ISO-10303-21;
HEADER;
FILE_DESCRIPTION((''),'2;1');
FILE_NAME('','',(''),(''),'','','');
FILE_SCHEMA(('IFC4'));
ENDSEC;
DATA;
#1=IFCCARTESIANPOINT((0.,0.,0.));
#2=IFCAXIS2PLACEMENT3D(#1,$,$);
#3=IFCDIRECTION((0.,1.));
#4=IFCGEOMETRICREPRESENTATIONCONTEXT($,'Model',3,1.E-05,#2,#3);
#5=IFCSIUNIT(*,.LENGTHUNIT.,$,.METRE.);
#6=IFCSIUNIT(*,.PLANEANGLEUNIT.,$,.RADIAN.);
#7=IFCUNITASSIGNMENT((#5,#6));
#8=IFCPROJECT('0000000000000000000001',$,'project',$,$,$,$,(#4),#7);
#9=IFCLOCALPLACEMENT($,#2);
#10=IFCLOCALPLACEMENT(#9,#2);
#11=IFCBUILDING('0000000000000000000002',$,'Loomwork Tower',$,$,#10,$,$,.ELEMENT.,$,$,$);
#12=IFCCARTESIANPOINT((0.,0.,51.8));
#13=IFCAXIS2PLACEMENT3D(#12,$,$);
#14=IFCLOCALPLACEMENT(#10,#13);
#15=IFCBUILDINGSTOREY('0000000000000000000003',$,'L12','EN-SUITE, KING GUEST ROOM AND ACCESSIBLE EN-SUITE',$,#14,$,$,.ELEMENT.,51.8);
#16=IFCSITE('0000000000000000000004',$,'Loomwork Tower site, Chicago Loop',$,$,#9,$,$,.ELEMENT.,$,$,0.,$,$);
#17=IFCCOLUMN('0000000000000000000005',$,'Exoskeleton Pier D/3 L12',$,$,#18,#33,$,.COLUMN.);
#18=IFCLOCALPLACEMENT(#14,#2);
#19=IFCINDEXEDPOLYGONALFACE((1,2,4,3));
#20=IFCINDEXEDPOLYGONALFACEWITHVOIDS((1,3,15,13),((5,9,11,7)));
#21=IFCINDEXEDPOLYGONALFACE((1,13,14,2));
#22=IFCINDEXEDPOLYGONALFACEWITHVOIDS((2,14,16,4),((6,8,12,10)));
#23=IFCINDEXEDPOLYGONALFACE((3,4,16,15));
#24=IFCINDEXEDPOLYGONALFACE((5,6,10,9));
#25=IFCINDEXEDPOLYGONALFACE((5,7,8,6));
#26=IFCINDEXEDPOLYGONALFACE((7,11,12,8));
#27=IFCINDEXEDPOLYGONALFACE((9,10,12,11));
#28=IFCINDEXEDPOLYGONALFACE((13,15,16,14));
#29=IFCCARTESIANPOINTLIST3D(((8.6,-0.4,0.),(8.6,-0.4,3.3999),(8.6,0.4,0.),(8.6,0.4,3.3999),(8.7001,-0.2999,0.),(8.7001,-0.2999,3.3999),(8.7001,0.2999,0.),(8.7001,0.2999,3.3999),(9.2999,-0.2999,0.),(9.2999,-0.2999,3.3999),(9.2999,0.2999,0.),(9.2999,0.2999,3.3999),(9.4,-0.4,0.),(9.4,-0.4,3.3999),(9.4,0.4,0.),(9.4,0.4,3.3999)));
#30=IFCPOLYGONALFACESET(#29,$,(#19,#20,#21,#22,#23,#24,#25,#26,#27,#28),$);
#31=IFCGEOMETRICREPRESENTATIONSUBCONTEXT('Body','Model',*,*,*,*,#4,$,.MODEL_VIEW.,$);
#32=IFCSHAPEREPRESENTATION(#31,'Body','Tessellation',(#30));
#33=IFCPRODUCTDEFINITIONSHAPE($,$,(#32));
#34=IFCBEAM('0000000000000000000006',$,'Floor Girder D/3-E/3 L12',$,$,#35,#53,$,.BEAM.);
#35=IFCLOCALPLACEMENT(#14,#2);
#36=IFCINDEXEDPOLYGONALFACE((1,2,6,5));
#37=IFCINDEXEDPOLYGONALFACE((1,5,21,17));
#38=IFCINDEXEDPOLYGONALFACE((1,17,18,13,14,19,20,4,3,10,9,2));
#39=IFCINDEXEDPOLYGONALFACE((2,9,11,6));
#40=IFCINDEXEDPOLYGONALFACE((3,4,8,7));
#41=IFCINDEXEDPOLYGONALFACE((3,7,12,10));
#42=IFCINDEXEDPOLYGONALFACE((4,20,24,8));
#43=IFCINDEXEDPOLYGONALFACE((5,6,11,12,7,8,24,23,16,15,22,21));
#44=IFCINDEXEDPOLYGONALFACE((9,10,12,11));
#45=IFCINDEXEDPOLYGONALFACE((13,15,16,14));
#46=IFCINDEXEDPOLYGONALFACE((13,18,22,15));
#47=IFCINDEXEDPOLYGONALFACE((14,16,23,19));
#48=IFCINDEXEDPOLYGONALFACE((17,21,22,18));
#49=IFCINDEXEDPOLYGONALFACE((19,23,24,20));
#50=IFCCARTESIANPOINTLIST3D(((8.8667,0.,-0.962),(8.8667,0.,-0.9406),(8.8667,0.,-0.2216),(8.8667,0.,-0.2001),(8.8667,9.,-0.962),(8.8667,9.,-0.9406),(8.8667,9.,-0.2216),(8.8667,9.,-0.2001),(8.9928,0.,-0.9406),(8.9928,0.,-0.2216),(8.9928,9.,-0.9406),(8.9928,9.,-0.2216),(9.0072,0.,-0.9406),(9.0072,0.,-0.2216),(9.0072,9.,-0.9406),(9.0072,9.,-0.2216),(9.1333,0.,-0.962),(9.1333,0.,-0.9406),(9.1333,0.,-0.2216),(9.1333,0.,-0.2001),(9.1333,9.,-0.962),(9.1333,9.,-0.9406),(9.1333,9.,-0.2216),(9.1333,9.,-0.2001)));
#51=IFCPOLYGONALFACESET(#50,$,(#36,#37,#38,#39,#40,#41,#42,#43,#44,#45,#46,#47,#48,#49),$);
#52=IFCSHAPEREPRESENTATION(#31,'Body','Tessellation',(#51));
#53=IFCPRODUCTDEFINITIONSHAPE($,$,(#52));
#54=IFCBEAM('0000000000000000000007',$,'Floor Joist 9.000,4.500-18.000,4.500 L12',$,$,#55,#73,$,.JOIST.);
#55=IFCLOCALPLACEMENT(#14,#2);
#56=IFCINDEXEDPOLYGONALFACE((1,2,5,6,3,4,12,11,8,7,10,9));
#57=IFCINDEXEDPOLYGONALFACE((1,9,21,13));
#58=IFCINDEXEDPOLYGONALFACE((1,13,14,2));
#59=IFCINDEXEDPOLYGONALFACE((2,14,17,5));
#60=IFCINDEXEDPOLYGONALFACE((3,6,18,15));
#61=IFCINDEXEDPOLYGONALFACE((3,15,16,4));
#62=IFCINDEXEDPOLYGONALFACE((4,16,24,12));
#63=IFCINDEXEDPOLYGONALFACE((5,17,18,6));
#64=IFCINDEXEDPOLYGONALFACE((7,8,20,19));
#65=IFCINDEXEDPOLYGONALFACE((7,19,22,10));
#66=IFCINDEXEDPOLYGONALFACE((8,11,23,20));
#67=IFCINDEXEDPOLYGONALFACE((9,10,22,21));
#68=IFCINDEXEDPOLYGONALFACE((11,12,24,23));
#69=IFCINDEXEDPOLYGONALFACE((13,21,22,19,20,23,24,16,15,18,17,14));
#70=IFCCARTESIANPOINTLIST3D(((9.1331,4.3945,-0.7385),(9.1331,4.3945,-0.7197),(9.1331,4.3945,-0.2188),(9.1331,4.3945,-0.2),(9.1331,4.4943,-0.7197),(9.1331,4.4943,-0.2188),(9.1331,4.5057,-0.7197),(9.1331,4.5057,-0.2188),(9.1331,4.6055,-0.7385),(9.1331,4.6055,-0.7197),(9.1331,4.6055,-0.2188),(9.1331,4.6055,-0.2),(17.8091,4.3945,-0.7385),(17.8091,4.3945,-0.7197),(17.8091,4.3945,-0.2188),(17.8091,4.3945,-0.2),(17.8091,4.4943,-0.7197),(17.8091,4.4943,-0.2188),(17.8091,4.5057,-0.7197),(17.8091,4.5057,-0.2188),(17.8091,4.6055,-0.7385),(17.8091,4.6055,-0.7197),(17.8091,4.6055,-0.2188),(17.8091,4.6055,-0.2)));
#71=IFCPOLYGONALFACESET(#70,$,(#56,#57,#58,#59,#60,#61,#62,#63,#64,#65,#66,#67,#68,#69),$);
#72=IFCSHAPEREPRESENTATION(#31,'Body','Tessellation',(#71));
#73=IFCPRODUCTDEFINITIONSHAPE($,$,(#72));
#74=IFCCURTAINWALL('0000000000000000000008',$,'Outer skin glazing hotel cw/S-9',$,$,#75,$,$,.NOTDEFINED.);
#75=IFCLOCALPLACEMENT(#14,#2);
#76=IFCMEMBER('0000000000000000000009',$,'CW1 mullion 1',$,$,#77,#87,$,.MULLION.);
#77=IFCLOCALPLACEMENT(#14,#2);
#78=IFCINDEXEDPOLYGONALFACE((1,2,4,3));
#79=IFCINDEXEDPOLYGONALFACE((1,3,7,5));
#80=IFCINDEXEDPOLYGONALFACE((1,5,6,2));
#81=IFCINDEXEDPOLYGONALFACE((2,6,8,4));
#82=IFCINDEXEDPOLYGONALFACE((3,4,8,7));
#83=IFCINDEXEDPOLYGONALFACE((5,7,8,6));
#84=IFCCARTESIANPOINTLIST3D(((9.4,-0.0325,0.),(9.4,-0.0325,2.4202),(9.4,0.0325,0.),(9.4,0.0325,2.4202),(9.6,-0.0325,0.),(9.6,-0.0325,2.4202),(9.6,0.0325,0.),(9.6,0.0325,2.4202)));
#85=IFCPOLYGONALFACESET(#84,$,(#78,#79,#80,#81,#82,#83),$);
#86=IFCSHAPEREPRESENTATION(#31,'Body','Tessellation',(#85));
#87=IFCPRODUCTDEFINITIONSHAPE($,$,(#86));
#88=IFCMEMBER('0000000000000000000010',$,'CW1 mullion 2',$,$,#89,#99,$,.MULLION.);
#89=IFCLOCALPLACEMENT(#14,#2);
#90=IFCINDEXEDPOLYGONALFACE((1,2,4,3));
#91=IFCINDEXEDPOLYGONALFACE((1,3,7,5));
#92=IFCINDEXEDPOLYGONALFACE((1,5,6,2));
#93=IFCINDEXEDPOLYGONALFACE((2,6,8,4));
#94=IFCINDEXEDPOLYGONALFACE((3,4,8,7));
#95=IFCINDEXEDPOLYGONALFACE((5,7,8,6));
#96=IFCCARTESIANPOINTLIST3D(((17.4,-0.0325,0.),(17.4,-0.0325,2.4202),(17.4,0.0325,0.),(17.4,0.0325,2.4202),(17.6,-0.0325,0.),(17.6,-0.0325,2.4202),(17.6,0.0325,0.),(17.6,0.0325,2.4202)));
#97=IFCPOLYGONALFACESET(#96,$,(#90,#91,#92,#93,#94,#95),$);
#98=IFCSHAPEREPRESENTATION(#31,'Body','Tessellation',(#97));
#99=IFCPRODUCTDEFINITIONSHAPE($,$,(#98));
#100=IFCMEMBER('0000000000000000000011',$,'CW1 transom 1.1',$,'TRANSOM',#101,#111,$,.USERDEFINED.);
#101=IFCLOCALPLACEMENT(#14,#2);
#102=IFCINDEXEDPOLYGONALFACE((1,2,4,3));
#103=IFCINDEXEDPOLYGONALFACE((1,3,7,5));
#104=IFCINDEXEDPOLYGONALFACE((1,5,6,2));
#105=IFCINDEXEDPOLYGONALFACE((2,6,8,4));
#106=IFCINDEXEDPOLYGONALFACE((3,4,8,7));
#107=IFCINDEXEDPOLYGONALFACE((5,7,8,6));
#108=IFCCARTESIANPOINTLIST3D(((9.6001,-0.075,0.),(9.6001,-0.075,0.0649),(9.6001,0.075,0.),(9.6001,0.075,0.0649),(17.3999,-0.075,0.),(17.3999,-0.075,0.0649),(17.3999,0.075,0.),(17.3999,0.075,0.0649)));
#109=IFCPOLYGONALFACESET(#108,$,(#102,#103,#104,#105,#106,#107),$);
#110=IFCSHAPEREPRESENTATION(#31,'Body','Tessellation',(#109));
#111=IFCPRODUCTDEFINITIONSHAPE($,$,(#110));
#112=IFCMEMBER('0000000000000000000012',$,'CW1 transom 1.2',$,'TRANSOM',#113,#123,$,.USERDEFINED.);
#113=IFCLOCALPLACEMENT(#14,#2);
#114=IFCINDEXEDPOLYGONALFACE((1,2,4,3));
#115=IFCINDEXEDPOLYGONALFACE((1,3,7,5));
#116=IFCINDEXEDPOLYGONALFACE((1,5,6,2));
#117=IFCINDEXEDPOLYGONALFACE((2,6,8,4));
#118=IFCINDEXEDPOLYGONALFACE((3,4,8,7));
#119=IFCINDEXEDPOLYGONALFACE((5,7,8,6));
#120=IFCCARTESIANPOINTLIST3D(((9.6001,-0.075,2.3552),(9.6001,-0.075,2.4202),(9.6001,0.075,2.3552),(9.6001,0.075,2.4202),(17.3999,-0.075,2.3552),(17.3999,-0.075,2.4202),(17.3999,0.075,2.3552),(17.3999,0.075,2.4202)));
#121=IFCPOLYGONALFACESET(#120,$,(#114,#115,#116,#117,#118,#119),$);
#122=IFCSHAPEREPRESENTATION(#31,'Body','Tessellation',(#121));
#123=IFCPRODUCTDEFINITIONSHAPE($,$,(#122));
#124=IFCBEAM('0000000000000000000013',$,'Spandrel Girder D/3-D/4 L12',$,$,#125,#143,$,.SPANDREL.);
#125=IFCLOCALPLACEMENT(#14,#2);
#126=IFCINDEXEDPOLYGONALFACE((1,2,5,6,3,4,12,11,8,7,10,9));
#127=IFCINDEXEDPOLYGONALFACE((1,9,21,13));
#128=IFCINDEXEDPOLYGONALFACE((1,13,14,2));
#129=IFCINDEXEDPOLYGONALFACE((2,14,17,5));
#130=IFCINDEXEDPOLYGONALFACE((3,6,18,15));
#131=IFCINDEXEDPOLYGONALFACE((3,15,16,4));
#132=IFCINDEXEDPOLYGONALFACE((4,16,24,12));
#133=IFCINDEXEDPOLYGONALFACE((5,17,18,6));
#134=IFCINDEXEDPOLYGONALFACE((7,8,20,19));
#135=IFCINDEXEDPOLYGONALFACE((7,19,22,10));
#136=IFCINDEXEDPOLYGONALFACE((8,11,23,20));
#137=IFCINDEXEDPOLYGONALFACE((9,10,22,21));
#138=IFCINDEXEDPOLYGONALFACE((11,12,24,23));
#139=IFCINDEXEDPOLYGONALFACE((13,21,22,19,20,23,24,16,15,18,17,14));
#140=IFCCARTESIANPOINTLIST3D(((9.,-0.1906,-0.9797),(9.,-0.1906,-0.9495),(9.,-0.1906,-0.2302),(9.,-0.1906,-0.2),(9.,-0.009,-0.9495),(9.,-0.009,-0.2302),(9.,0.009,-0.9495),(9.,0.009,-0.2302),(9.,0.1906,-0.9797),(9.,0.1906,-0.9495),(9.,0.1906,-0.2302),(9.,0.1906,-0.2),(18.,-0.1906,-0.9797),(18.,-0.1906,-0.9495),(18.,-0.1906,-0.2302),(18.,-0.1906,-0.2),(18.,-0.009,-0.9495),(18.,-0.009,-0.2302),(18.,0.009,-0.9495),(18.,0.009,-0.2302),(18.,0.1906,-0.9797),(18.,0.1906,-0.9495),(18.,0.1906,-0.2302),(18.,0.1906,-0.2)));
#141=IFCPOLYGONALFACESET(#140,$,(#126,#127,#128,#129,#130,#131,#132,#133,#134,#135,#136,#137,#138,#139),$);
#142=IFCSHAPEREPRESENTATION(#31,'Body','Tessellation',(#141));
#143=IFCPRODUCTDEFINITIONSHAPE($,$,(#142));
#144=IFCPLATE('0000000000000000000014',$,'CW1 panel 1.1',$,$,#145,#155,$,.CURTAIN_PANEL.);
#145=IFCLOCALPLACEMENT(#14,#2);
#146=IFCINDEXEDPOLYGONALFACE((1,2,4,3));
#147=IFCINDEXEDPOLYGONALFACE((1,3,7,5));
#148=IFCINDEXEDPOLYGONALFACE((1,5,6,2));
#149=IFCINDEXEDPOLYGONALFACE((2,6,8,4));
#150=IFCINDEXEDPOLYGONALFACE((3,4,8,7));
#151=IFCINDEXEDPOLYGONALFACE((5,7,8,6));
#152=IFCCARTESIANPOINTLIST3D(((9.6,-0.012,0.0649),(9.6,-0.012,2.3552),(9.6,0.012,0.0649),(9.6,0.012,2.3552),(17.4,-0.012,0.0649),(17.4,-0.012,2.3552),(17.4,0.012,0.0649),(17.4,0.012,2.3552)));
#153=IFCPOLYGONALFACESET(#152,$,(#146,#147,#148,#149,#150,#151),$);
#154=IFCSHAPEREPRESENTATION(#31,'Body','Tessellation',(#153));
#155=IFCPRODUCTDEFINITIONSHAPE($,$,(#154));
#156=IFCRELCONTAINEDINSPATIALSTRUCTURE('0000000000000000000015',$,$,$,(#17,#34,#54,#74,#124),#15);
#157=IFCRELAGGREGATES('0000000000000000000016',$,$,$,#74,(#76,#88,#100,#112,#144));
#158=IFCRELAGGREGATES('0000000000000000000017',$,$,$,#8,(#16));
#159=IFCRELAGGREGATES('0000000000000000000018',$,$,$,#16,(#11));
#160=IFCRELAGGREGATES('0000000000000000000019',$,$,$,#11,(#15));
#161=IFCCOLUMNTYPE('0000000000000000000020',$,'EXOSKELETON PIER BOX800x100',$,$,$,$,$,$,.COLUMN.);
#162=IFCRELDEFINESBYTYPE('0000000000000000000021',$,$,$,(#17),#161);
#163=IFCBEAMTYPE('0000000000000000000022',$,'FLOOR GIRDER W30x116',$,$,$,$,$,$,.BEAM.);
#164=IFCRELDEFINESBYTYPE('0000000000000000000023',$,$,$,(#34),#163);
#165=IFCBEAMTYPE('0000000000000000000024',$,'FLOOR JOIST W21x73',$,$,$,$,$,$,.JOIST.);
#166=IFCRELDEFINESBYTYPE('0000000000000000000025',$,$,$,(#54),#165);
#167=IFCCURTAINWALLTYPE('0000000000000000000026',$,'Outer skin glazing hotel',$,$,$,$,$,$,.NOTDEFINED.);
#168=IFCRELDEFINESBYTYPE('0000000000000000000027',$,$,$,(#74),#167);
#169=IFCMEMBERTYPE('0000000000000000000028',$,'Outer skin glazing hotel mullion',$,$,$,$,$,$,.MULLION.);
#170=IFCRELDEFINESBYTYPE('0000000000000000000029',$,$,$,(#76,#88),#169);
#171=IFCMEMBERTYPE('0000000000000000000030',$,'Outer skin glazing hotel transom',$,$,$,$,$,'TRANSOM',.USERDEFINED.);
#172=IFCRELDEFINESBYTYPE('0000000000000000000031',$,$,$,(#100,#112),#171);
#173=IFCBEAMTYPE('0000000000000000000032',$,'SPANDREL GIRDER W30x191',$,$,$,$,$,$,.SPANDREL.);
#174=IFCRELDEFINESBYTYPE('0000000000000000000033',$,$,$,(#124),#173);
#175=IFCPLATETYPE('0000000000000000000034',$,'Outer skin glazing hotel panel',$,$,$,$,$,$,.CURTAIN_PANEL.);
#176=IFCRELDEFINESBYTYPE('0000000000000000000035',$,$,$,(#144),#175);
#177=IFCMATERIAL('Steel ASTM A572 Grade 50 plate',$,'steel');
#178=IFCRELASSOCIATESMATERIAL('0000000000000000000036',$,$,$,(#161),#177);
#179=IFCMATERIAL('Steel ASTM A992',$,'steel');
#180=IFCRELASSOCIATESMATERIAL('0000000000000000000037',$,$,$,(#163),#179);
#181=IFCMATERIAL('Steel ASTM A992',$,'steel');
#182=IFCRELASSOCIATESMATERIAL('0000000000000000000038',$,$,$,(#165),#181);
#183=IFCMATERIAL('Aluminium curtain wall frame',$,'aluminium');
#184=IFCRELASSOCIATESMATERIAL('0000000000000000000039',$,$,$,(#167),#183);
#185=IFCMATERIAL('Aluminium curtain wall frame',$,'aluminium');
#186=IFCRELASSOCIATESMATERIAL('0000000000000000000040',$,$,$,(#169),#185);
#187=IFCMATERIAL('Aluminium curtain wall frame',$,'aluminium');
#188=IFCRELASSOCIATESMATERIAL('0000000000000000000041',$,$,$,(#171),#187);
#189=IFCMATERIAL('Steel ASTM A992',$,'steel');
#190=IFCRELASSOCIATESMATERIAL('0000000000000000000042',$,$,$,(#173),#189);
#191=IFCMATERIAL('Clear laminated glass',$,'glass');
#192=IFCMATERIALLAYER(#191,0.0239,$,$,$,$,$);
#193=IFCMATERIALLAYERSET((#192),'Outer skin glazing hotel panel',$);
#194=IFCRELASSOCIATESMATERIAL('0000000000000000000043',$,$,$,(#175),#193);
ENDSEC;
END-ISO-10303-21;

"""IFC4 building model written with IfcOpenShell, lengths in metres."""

from ifc_helpers import new_model, si_unit, direction, frame, origin, origin_2d, place, context, subcontext, project, spatial, rectangle, hollow_rectangle, i_section, extrude, material, layer, layer_set, material_profile, profile_set, type_object, element, aggregate, save


model = new_model("IFC4")

# Units and contexts
model_context = context("Model", 3, precision=1e-05, world=origin(), true_north=direction((0.0, 1.0)))
body_context = subcontext(model_context, "Body", "Model", "MODEL_VIEW")
ifc_project = project(units=[si_unit("LENGTHUNIT", "METRE"), si_unit("PLANEANGLEUNIT", "RADIAN")], contexts=[model_context])

# Site, building, storey
site_placement = place(None, origin())
site = spatial("IfcSite", under=ifc_project, at=site_placement, Name="Loomwork Tower site, Chicago Loop", CompositionType="ELEMENT", RefElevation=0.0)
building_placement = place(site_placement, origin())
building = spatial("IfcBuilding", under=site, at=building_placement, Name="Loomwork Tower", CompositionType="ELEMENT")
storey_placement = place(building_placement, frame((0.0, 0.0, 51.8)))
storey = spatial("IfcBuildingStorey", under=building, at=storey_placement, Name="L12", Description="EN-SUITE, KING GUEST ROOM AND ACCESSIBLE EN-SUITE", CompositionType="ELEMENT", Elevation=51.8)

# Column
ifc_material_1 = material(Name="Steel ASTM A572 Grade 50 plate", Category="steel")
ifc_material_profile_1 = material_profile(ifc_material_1, hollow_rectangle(XDim=0.8, YDim=0.8, WallThickness=0.1001, at=origin_2d()), Name="BOX800x100")
ifc_profile_set_1 = profile_set([ifc_material_profile_1], Name="Steel ASTM A572 Grade 50 plate")
column_type = type_object("IfcColumnType", Name="EXOSKELETON PIER BOX800x100", PredefinedType="COLUMN", material=ifc_profile_set_1)
column_placement = place(storey_placement, frame((9.0, 0.0, 0.0), z_axis=(0.0, 0.0, 1.0), x_axis=(1.0, 0.0, 0.0)))
element("IfcColumn", 1, at=column_placement, inside=storey, type_object=column_type, Name="Exoskeleton Pier D/3 L12", PredefinedType="COLUMN", context=body_context, shape_type="SweptSolid", body=[
    extrude(hollow_rectangle(XDim=0.8, YDim=0.8, WallThickness=0.1001, at=origin_2d()), origin(), (0.0, 0.0, 1.0), 3.3999),
])

# Beams
ifc_material_2 = material(Name="Steel ASTM A992", Category="steel")
ifc_material_profile_2 = material_profile(ifc_material_2, i_section(OverallWidth=0.2666, OverallDepth=0.762, WebThickness=0.0144, FlangeThickness=0.0215, at=origin_2d()), Name="W30x116")
ifc_profile_set_2 = profile_set([ifc_material_profile_2], Name="Steel ASTM A992")
beam_type_1 = type_object("IfcBeamType", Name="FLOOR GIRDER W30x116", PredefinedType="BEAM", material=ifc_profile_set_2)
beam_1_placement = place(storey_placement, frame((9.0, 0.0, -0.5811), z_axis=(0.0, 1.0, 0.0), x_axis=(-1.0, 0.0, 0.0)))
element("IfcBeam", 2, at=beam_1_placement, inside=storey, type_object=beam_type_1, Name="Floor Girder D/3-E/3 L12", PredefinedType="BEAM", context=body_context, shape_type="SweptSolid", body=[
    extrude(i_section(OverallWidth=0.2666, OverallDepth=0.762, WebThickness=0.0144, FlangeThickness=0.0215, at=origin_2d()), origin(), (0.0, 0.0, 1.0), 9.0),
])
ifc_material_3 = material(Name="Steel ASTM A992", Category="steel")
ifc_material_profile_3 = material_profile(ifc_material_3, i_section(OverallWidth=0.2109, OverallDepth=0.5386, WebThickness=0.0115, FlangeThickness=0.0188, at=origin_2d()), Name="W21x73")
ifc_profile_set_3 = profile_set([ifc_material_profile_3], Name="Steel ASTM A992")
beam_type_2 = type_object("IfcBeamType", Name="FLOOR JOIST W21x73", PredefinedType="JOIST", material=ifc_profile_set_3)
beam_2_placement = place(storey_placement, frame((9.1331, 4.5, -0.4692), z_axis=(1.0, 0.0, 0.0), x_axis=(0.0, 1.0, 0.0)))
element("IfcBeam", 3, at=beam_2_placement, inside=storey, type_object=beam_type_2, Name="Floor Joist 9.000,4.500-18.000,4.500 L12", PredefinedType="JOIST", context=body_context, shape_type="SweptSolid", body=[
    extrude(i_section(OverallWidth=0.2109, OverallDepth=0.5386, WebThickness=0.0115, FlangeThickness=0.0188, at=origin_2d()), origin(), (0.0, 0.0, 1.0), 8.676),
])

# Curtain wall, members
ifc_material_4 = material(Name="Aluminium curtain wall frame", Category="aluminium")
curtain_wall_type = type_object("IfcCurtainWallType", Name="Outer skin glazing hotel", PredefinedType="NOTDEFINED", material=ifc_material_4)
curtain_wall_placement = place(storey_placement, origin())
curtain_wall = element("IfcCurtainWall", 4, at=curtain_wall_placement, inside=storey, type_object=curtain_wall_type, Name="Outer skin glazing hotel cw/S-9", PredefinedType="NOTDEFINED")
ifc_material_5 = material(Name="Aluminium curtain wall frame", Category="aluminium")
ifc_material_profile_4 = material_profile(ifc_material_5, rectangle(XDim=0.0649, YDim=0.2, at=origin_2d()), Name="AL 65x200")
ifc_profile_set_4 = profile_set([ifc_material_profile_4], Name="Aluminium curtain wall frame")
member_type_1 = type_object("IfcMemberType", Name="Outer skin glazing hotel mullion", PredefinedType="MULLION", material=ifc_profile_set_4)
member_1_placement = place(storey_placement, frame((9.5, 0.0, 0.0), z_axis=(0.0, 0.0, 1.0), x_axis=(0.0, 1.0, 0.0)))
member_1 = element("IfcMember", 5, at=member_1_placement, type_object=member_type_1, Name="CW1 mullion 1", PredefinedType="MULLION", context=body_context, shape_type="SweptSolid", body=[
    extrude(rectangle(XDim=0.0649, YDim=0.2, at=origin_2d()), origin(), (0.0, 0.0, 1.0), 2.4202),
])
member_2_placement = place(storey_placement, frame((17.5, 0.0, 0.0), z_axis=(0.0, 0.0, 1.0), x_axis=(0.0, 1.0, 0.0)))
member_2 = element("IfcMember", 6, at=member_2_placement, type_object=member_type_1, Name="CW1 mullion 2", PredefinedType="MULLION", context=body_context, shape_type="SweptSolid", body=[
    extrude(rectangle(XDim=0.0649, YDim=0.2, at=origin_2d()), origin(), (0.0, 0.0, 1.0), 2.4202),
])
ifc_material_6 = material(Name="Aluminium curtain wall frame", Category="aluminium")
ifc_material_profile_5 = material_profile(ifc_material_6, rectangle(XDim=0.1499, YDim=0.0649, at=origin_2d()), Name="AL 65x150")
ifc_profile_set_5 = profile_set([ifc_material_profile_5], Name="Aluminium curtain wall frame")
member_type_2 = type_object("IfcMemberType", Name="Outer skin glazing hotel transom", ElementType="TRANSOM", PredefinedType="USERDEFINED", material=ifc_profile_set_5)
member_3_placement = place(storey_placement, frame((9.6001, 0.0, 0.0325), z_axis=(1.0, 0.0, 0.0), x_axis=(0.0, 1.0, 0.0)))
member_3 = element("IfcMember", 7, at=member_3_placement, type_object=member_type_2, Name="CW1 transom 1.1", ObjectType="TRANSOM", PredefinedType="USERDEFINED", context=body_context, shape_type="SweptSolid", body=[
    extrude(rectangle(XDim=0.1499, YDim=0.0649, at=origin_2d()), origin(), (0.0, 0.0, 1.0), 7.7998),
])
member_4_placement = place(storey_placement, frame((9.6001, 0.0, 2.3877), z_axis=(1.0, 0.0, 0.0), x_axis=(0.0, 1.0, 0.0)))
member_4 = element("IfcMember", 8, at=member_4_placement, type_object=member_type_2, Name="CW1 transom 1.2", ObjectType="TRANSOM", PredefinedType="USERDEFINED", context=body_context, shape_type="SweptSolid", body=[
    extrude(rectangle(XDim=0.1499, YDim=0.0649, at=origin_2d()), origin(), (0.0, 0.0, 1.0), 7.7998),
])

# Beam
ifc_material_7 = material(Name="Steel ASTM A992", Category="steel")
ifc_material_profile_6 = material_profile(ifc_material_7, i_section(OverallWidth=0.3811, OverallDepth=0.7798, WebThickness=0.0181, FlangeThickness=0.0303, at=origin_2d()), Name="W30x191")
ifc_profile_set_6 = profile_set([ifc_material_profile_6], Name="Steel ASTM A992")
beam_type_3 = type_object("IfcBeamType", Name="SPANDREL GIRDER W30x191", PredefinedType="SPANDREL", material=ifc_profile_set_6)
beam_3_placement = place(storey_placement, frame((9.0, 0.0, -0.5898), z_axis=(1.0, 0.0, 0.0), x_axis=(0.0, 1.0, 0.0)))
element("IfcBeam", 9, at=beam_3_placement, inside=storey, type_object=beam_type_3, Name="Spandrel Girder D/3-D/4 L12", PredefinedType="SPANDREL", context=body_context, shape_type="SweptSolid", body=[
    extrude(i_section(OverallWidth=0.3811, OverallDepth=0.7798, WebThickness=0.0181, FlangeThickness=0.0303, at=origin_2d()), origin(), (0.0, 0.0, 1.0), 9.0),
])

# Plate
ifc_material_8 = material(Name="Clear laminated glass", Category="glass")
ifc_layer_1 = layer(ifc_material_8, 0.0239)
ifc_layer_set_1 = layer_set([ifc_layer_1], Name="Outer skin glazing hotel panel")
plate_type = type_object("IfcPlateType", Name="Outer skin glazing hotel panel", PredefinedType="CURTAIN_PANEL", material=ifc_layer_set_1)
plate_placement = place(storey_placement, frame((13.5, 0.0, 0.0649), z_axis=(0.0, 0.0, 1.0), x_axis=(1.0, 0.0, 0.0)))
plate = element("IfcPlate", 10, at=plate_placement, type_object=plate_type, Name="CW1 panel 1.1", PredefinedType="CURTAIN_PANEL", context=body_context, shape_type="SweptSolid", body=[
    extrude(rectangle(XDim=7.8, YDim=0.0239, at=origin_2d()), origin(), (0.0, 0.0, 1.0), 2.2903),
])
aggregate(curtain_wall, [member_1, member_2, member_3, member_4, plate])

save(model, "model.ifc")
